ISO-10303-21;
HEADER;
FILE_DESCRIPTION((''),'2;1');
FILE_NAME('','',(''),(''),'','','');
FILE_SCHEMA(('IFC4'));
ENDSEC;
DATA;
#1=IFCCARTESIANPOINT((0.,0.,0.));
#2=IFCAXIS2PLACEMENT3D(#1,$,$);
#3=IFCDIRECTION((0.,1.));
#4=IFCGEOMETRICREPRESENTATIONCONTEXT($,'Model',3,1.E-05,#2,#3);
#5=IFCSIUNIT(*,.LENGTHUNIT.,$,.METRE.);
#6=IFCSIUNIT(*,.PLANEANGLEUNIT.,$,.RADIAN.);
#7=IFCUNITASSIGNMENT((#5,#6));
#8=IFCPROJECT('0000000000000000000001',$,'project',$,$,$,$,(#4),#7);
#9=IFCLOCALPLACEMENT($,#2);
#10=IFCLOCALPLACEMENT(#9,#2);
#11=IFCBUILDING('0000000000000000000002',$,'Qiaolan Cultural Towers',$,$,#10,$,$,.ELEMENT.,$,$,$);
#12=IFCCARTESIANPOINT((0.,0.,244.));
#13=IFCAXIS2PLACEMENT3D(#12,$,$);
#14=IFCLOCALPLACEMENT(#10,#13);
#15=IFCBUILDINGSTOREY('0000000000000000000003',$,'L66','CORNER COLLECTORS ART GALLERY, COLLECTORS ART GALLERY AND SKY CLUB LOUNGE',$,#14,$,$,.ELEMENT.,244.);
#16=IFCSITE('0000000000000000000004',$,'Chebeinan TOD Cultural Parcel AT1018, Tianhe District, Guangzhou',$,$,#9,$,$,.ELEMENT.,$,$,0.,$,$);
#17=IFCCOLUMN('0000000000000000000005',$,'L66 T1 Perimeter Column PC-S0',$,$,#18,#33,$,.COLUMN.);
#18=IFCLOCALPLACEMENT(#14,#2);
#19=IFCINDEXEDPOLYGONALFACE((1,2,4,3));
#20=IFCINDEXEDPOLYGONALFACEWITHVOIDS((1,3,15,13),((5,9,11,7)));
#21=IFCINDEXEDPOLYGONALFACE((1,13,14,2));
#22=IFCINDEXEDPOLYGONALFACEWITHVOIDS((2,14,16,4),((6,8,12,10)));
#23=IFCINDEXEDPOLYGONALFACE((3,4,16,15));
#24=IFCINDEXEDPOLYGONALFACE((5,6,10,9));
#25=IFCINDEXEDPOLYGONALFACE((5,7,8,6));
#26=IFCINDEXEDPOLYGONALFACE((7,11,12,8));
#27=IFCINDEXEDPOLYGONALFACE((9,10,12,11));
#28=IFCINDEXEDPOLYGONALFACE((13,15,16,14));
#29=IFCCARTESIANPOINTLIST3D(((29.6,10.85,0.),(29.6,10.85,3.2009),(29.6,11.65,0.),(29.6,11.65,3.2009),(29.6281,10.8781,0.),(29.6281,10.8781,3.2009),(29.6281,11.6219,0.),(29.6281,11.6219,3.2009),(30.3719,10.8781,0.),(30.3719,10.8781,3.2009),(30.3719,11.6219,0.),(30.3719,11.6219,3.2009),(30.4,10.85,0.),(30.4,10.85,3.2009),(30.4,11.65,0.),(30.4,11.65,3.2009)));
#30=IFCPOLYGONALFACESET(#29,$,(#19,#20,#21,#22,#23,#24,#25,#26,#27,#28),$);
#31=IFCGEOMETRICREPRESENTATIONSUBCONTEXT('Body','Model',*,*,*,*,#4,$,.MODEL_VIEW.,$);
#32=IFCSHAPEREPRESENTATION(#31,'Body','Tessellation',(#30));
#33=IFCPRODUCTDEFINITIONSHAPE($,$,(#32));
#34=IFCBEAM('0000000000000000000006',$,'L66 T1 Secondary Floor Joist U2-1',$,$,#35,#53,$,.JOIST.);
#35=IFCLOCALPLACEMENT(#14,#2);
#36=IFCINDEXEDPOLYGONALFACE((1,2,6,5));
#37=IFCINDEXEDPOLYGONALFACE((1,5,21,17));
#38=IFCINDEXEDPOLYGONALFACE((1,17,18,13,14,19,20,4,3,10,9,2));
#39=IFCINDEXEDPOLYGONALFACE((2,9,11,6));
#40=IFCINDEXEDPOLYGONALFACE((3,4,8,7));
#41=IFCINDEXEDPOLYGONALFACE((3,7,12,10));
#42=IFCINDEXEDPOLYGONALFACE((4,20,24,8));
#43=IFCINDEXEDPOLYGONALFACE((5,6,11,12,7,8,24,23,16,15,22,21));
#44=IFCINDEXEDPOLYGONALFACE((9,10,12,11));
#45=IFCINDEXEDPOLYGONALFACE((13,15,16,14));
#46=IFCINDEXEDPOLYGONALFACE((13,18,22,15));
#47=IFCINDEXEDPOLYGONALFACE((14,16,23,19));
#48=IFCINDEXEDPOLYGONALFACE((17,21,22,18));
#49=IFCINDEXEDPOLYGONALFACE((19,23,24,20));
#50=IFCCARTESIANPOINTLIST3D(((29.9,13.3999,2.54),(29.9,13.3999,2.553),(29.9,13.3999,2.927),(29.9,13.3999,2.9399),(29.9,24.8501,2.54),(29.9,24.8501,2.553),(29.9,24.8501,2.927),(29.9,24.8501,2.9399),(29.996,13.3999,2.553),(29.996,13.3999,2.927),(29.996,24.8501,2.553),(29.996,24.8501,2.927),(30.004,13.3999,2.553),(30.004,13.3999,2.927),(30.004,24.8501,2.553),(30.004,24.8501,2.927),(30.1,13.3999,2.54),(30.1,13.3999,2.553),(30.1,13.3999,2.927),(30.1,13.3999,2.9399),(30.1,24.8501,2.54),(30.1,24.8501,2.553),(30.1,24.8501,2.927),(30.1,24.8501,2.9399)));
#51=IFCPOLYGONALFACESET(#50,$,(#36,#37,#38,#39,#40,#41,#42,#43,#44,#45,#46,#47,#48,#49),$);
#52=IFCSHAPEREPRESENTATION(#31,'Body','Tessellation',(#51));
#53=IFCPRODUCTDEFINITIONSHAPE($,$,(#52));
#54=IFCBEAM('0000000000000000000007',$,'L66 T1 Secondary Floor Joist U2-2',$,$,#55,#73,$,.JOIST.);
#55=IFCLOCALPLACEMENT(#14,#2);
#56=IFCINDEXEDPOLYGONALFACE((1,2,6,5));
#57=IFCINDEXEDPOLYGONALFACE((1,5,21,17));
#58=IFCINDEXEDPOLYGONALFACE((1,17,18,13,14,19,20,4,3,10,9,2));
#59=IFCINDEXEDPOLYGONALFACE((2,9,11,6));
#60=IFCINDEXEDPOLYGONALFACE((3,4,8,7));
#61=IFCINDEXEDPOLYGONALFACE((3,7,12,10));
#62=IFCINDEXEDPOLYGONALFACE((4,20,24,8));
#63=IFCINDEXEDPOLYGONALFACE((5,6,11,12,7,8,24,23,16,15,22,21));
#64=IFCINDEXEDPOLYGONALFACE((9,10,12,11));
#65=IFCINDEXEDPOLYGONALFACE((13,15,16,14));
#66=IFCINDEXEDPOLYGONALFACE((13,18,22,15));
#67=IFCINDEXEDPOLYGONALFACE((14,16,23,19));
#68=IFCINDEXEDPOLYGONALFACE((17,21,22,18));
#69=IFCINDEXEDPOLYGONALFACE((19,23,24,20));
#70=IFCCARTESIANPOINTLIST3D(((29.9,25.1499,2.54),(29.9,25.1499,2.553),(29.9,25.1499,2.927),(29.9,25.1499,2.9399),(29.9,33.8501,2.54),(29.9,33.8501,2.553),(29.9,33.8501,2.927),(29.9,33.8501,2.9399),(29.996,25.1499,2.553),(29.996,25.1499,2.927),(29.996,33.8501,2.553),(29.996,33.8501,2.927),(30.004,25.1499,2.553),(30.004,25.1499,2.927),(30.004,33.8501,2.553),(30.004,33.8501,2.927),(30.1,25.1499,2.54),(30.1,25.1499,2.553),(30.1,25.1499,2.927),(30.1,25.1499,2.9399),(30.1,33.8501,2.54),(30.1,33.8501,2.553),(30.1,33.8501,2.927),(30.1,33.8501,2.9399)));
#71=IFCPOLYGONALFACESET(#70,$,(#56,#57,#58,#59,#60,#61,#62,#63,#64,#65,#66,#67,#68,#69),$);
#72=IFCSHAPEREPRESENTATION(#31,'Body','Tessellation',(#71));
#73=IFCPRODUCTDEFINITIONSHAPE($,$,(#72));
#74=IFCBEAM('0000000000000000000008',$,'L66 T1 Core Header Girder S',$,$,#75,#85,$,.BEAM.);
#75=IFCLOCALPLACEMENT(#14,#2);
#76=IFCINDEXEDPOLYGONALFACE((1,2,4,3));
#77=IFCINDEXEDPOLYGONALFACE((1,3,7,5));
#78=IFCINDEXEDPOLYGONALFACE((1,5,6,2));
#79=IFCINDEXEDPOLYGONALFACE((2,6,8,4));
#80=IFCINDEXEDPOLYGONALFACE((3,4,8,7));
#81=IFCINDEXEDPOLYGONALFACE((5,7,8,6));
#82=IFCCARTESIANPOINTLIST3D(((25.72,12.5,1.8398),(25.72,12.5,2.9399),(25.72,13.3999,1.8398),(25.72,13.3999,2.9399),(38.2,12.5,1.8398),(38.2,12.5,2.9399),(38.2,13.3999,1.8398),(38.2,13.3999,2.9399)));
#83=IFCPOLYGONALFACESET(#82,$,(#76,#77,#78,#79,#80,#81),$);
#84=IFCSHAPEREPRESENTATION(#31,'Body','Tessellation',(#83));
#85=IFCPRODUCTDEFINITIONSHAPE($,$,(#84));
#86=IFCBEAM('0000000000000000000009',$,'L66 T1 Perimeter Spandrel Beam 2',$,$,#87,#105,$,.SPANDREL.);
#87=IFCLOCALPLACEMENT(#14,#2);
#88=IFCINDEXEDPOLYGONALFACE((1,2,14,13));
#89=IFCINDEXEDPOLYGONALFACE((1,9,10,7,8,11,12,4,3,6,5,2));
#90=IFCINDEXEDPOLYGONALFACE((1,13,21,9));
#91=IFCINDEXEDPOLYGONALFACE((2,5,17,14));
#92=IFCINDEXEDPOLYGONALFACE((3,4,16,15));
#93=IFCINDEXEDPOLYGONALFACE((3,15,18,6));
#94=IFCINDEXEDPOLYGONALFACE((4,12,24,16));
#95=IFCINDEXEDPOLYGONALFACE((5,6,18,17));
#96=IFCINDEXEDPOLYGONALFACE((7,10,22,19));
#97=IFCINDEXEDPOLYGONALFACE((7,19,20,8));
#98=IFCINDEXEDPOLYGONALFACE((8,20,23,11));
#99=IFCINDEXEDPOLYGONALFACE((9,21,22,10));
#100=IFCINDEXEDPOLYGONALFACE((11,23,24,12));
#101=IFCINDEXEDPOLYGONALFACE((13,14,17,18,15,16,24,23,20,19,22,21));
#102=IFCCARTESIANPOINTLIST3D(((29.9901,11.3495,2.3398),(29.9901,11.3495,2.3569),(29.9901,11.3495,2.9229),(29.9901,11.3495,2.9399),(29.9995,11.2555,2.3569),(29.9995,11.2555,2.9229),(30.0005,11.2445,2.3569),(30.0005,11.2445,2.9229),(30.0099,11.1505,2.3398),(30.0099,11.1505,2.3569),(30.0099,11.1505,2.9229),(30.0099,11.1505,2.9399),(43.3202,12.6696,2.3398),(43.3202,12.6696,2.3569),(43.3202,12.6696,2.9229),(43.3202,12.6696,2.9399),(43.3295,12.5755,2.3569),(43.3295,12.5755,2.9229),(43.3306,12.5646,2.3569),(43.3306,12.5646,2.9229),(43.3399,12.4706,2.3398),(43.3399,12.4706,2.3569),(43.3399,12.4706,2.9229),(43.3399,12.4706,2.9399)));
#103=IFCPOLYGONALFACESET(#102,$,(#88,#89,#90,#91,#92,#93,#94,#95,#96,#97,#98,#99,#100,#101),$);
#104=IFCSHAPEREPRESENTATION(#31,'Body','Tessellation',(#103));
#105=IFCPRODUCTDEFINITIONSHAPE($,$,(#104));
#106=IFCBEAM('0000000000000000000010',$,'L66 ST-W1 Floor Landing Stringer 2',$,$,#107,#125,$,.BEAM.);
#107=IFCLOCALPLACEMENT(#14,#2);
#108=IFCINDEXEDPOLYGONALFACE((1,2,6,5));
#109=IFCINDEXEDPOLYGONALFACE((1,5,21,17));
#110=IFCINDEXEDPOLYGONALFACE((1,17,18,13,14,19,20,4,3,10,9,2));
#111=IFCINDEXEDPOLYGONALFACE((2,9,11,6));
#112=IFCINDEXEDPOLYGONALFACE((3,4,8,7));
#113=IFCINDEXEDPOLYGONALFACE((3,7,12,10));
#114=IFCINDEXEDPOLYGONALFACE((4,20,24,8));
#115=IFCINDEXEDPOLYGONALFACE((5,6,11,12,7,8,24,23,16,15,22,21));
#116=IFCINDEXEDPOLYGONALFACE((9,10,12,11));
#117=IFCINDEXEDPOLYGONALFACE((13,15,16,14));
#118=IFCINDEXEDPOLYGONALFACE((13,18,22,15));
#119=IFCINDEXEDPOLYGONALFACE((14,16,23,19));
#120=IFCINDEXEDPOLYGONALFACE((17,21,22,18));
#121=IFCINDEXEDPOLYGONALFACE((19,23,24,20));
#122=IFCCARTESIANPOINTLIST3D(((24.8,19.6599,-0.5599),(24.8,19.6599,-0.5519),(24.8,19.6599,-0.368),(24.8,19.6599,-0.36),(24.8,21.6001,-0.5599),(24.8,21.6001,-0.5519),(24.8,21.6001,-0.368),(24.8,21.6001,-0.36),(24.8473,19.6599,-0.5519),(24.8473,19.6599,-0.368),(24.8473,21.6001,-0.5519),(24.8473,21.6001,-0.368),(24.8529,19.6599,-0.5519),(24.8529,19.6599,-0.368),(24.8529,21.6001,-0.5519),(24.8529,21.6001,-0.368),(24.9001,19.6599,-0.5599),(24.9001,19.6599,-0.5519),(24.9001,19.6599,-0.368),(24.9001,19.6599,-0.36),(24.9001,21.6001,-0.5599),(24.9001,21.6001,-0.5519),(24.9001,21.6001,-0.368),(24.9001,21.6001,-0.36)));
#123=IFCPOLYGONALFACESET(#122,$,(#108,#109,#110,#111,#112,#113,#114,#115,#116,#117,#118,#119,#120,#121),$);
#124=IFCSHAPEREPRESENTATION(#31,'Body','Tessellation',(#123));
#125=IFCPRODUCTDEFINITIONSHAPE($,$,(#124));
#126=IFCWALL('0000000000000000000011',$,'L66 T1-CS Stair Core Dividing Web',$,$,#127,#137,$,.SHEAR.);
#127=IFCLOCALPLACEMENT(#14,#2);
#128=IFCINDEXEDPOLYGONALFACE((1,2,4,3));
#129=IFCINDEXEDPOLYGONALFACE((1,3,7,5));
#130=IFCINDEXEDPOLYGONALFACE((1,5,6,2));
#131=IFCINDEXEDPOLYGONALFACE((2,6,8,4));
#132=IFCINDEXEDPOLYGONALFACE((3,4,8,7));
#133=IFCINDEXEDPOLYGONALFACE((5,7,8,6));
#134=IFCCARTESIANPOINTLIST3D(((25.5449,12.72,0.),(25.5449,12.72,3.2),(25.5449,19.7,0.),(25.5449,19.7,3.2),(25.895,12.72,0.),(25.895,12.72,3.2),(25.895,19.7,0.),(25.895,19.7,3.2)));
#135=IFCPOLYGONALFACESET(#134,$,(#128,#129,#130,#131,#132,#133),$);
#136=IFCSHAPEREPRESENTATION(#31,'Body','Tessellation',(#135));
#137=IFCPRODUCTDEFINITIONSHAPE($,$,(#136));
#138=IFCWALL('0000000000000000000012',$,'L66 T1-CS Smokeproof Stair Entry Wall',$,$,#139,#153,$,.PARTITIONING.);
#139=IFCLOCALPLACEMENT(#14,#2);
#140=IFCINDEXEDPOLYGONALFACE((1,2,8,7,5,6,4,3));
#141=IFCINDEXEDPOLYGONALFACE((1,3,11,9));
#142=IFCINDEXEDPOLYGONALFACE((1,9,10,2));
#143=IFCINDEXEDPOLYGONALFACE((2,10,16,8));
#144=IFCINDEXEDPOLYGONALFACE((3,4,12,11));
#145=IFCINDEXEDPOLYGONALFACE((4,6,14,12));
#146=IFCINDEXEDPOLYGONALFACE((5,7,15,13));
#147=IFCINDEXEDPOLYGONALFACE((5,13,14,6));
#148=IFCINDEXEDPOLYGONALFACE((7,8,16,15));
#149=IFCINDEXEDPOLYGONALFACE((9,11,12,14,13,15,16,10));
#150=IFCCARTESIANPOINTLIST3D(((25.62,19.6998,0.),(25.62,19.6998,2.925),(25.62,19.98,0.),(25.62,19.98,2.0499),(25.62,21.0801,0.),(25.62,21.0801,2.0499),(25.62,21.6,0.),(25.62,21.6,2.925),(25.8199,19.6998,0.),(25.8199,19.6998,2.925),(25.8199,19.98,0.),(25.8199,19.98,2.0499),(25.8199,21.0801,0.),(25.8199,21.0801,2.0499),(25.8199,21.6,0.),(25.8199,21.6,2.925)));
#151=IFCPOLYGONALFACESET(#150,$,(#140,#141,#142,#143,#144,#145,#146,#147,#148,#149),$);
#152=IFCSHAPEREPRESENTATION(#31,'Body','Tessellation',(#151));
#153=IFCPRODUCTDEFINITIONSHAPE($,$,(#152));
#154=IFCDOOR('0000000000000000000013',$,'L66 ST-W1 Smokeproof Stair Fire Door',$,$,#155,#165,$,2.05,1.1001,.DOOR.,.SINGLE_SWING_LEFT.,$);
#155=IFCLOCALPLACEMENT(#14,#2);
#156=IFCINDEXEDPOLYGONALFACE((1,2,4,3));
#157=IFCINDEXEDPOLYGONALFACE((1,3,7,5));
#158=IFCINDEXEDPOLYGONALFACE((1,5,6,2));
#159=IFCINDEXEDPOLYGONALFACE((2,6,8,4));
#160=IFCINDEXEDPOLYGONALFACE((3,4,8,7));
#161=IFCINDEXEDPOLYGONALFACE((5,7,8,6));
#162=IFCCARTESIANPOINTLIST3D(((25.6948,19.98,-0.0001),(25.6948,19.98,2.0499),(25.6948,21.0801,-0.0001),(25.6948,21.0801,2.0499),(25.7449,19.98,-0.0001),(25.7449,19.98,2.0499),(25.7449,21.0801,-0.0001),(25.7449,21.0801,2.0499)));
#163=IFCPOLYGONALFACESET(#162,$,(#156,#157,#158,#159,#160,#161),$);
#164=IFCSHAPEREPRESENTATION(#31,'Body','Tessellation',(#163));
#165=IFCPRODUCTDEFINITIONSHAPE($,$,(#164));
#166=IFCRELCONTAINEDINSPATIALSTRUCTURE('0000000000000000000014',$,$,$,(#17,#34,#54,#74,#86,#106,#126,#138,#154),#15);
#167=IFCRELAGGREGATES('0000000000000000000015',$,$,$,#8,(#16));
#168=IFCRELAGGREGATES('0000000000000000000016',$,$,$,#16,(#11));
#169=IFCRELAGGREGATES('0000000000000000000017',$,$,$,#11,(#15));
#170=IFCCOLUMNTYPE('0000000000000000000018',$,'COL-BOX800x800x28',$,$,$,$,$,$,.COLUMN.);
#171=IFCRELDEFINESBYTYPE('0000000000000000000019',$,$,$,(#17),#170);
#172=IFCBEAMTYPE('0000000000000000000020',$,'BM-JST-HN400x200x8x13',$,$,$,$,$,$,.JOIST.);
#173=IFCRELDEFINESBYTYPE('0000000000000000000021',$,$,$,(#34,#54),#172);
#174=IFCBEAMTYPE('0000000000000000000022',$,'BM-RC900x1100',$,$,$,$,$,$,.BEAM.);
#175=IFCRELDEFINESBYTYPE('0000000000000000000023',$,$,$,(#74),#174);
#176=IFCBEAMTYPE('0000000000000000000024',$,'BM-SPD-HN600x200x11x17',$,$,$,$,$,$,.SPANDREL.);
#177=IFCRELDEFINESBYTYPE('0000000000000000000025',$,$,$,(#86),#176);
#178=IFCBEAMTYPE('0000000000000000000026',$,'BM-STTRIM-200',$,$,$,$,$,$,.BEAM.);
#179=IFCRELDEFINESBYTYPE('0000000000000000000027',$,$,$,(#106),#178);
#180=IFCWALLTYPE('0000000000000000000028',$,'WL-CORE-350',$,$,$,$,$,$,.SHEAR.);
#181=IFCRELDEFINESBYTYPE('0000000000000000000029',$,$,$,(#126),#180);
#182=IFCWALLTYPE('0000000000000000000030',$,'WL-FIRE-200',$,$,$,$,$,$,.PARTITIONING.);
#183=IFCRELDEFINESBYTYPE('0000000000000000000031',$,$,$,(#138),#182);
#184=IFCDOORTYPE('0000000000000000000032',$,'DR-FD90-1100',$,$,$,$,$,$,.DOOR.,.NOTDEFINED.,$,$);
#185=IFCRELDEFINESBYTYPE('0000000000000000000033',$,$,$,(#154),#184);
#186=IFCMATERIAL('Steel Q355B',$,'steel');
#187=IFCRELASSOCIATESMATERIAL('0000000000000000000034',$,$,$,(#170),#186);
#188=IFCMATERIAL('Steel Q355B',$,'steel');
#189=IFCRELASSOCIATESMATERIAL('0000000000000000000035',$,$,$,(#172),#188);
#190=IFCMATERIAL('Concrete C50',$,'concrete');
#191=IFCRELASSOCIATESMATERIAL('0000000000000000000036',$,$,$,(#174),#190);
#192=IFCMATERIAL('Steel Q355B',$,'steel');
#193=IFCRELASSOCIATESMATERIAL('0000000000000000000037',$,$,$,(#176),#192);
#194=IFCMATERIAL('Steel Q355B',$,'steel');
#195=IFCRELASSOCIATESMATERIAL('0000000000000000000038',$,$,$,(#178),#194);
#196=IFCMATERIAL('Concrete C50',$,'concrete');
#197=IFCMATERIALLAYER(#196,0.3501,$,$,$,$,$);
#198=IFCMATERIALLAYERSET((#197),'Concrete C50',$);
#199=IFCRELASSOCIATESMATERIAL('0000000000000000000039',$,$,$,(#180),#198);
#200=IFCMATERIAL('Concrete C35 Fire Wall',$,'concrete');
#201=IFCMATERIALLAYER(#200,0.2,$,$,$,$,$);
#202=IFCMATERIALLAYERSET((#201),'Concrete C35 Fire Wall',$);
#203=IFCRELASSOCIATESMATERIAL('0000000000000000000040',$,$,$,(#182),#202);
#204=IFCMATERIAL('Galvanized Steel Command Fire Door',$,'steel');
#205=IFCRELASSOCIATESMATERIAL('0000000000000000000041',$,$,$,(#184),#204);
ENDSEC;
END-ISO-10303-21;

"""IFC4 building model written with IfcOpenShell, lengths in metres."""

from ifc_helpers import new_model, si_unit, direction, frame, frame_2d, origin, origin_2d, place, context, subcontext, project, spatial, rectangle, hollow_rectangle, i_section, extrude, material, layer, layer_set, material_profile, profile_set, type_object, element, fill, save


model = new_model("IFC4")

# Units and contexts
model_context = context("Model", 3, precision=1e-05, world=origin(), true_north=direction((0.0, 1.0)))
body_context = subcontext(model_context, "Body", "Model", "MODEL_VIEW")
ifc_project = project(units=[si_unit("LENGTHUNIT", "METRE"), si_unit("PLANEANGLEUNIT", "RADIAN")], contexts=[model_context])

# Site, building, storey
site_placement = place(None, origin())
site = spatial("IfcSite", under=ifc_project, at=site_placement, Name="Chebeinan TOD Cultural Parcel AT1018, Tianhe District, Guangzhou", CompositionType="ELEMENT", RefElevation=0.0)
building_placement = place(site_placement, origin())
building = spatial("IfcBuilding", under=site, at=building_placement, Name="Qiaolan Cultural Towers", CompositionType="ELEMENT")
storey_placement = place(building_placement, frame((0.0, 0.0, 244.0)))
storey = spatial("IfcBuildingStorey", under=building, at=storey_placement, Name="L66", Description="CORNER COLLECTORS ART GALLERY, COLLECTORS ART GALLERY AND SKY CLUB LOUNGE", CompositionType="ELEMENT", Elevation=244.0)

# Column
ifc_material_1 = material(Name="Steel Q355B", Category="steel")
ifc_material_profile_1 = material_profile(ifc_material_1, hollow_rectangle(XDim=0.8, YDim=0.8, WallThickness=0.0281, at=origin_2d()), Name="BOX800x800x28")
ifc_profile_set_1 = profile_set([ifc_material_profile_1], Name="Steel Q355B")
column_type = type_object("IfcColumnType", Name="COL-BOX800x800x28", PredefinedType="COLUMN", material=ifc_profile_set_1)
column_placement = place(storey_placement, frame((30.0, 11.25, 0.0), z_axis=(0.0, 0.0, 1.0), x_axis=(1.0, 0.0, 0.0)))
element("IfcColumn", 1, at=column_placement, inside=storey, type_object=column_type, Name="L66 T1 Perimeter Column PC-S0", PredefinedType="COLUMN", context=body_context, shape_type="SweptSolid", body=[
    extrude(hollow_rectangle(XDim=0.8, YDim=0.8, WallThickness=0.0281, at=origin_2d()), origin(), (0.0, 0.0, 1.0), 3.2009),
])

# Beams
ifc_material_2 = material(Name="Steel Q355B", Category="steel")
ifc_material_profile_2 = material_profile(ifc_material_2, i_section(OverallWidth=0.2, OverallDepth=0.3999, WebThickness=0.0081, FlangeThickness=0.0129, at=origin_2d()), Name="HN400x200x8x13")
ifc_profile_set_2 = profile_set([ifc_material_profile_2], Name="Steel Q355B")
beam_type_1 = type_object("IfcBeamType", Name="BM-JST-HN400x200x8x13", PredefinedType="JOIST", material=ifc_profile_set_2)
beam_1_placement = place(storey_placement, frame((30.0, 13.3999, 2.74), z_axis=(0.0, 1.0, 0.0), x_axis=(-1.0, 0.0, 0.0)))
element("IfcBeam", 2, at=beam_1_placement, inside=storey, type_object=beam_type_1, Name="L66 T1 Secondary Floor Joist U2-1", PredefinedType="JOIST", context=body_context, shape_type="SweptSolid", body=[
    extrude(i_section(OverallWidth=0.2, OverallDepth=0.3999, WebThickness=0.0081, FlangeThickness=0.0129, at=origin_2d()), origin(), (0.0, 0.0, 1.0), 11.4502),
])
beam_2_placement = place(storey_placement, frame((30.0, 25.1499, 2.74), z_axis=(0.0, 1.0, 0.0), x_axis=(-1.0, 0.0, 0.0)))
element("IfcBeam", 3, at=beam_2_placement, inside=storey, type_object=beam_type_1, Name="L66 T1 Secondary Floor Joist U2-2", PredefinedType="JOIST", context=body_context, shape_type="SweptSolid", body=[
    extrude(i_section(OverallWidth=0.2, OverallDepth=0.3999, WebThickness=0.0081, FlangeThickness=0.0129, at=origin_2d()), origin(), (0.0, 0.0, 1.0), 8.7002),
])
ifc_material_3 = material(Name="Concrete C50", Category="concrete")
ifc_material_profile_3 = material_profile(ifc_material_3, rectangle(XDim=0.8999, YDim=1.1001, at=origin_2d()), Name="RC900x1100")
ifc_profile_set_3 = profile_set([ifc_material_profile_3], Name="Concrete C50")
beam_type_2 = type_object("IfcBeamType", Name="BM-RC900x1100", PredefinedType="BEAM", material=ifc_profile_set_3)
beam_3_placement = place(storey_placement, frame((25.72, 12.95, 2.3899), z_axis=(1.0, 0.0, 0.0), x_axis=(0.0, 1.0, 0.0)))
element("IfcBeam", 4, at=beam_3_placement, inside=storey, type_object=beam_type_2, Name="L66 T1 Core Header Girder S", PredefinedType="BEAM", context=body_context, shape_type="SweptSolid", body=[
    extrude(rectangle(XDim=0.8999, YDim=1.1001, at=origin_2d()), origin(), (0.0, 0.0, 1.0), 12.48),
])
ifc_material_4 = material(Name="Steel Q355B", Category="steel")
ifc_material_profile_4 = material_profile(ifc_material_4, i_section(OverallWidth=0.2, OverallDepth=0.6001, WebThickness=0.011, FlangeThickness=0.0171, at=origin_2d()), Name="HN600x200x11x17")
ifc_profile_set_4 = profile_set([ifc_material_profile_4], Name="Steel Q355B")
beam_type_3 = type_object("IfcBeamType", Name="BM-SPD-HN600x200x11x17", PredefinedType="SPANDREL", material=ifc_profile_set_4)
beam_4_placement = place(storey_placement, frame((30.0, 11.25, 2.6399), z_axis=(0.995132, 0.098547, 0.0), x_axis=(-0.098547, 0.995132, 0.0)))
element("IfcBeam", 5, at=beam_4_placement, inside=storey, type_object=beam_type_3, Name="L66 T1 Perimeter Spandrel Beam 2", PredefinedType="SPANDREL", context=body_context, shape_type="SweptSolid", body=[
    extrude(i_section(OverallWidth=0.2, OverallDepth=0.6001, WebThickness=0.011, FlangeThickness=0.0171, at=origin_2d()), origin(), (0.0, 0.0, 1.0), 13.3953),
])
ifc_material_5 = material(Name="Steel Q355B", Category="steel")
ifc_material_profile_5 = material_profile(ifc_material_5, i_section(OverallWidth=0.1001, OverallDepth=0.2, WebThickness=0.0056, FlangeThickness=0.0081, at=origin_2d()), Name="HN200x100x5.5x8")
ifc_profile_set_5 = profile_set([ifc_material_profile_5], Name="Steel Q355B")
beam_type_4 = type_object("IfcBeamType", Name="BM-STTRIM-200", PredefinedType="BEAM", material=ifc_profile_set_5)
beam_5_placement = place(storey_placement, frame((24.8501, 21.6001, -0.46), z_axis=(0.0, -1.0, 0.0), x_axis=(1.0, 0.0, 0.0)))
element("IfcBeam", 6, at=beam_5_placement, inside=storey, type_object=beam_type_4, Name="L66 ST-W1 Floor Landing Stringer 2", PredefinedType="BEAM", context=body_context, shape_type="SweptSolid", body=[
    extrude(i_section(OverallWidth=0.1001, OverallDepth=0.2, WebThickness=0.0056, FlangeThickness=0.0081, at=origin_2d()), origin(), (0.0, 0.0, 1.0), 1.9402),
])

# Wall
ifc_material_6 = material(Name="Concrete C50", Category="concrete")
ifc_layer_1 = layer(ifc_material_6, 0.3501)
ifc_layer_set_1 = layer_set([ifc_layer_1], Name="Concrete C50")
wall_type_1 = type_object("IfcWallType", Name="WL-CORE-350", PredefinedType="SHEAR", material=ifc_layer_set_1)
wall_1_placement = place(storey_placement, frame((25.72, 19.7, 0.0), z_axis=(0.0, 0.0, 1.0), x_axis=(0.0, -1.0, 0.0)))
element("IfcWall", 7, at=wall_1_placement, inside=storey, type_object=wall_type_1, Name="L66 T1-CS Stair Core Dividing Web", PredefinedType="SHEAR", context=body_context, shape_type="SweptSolid", body=[
    extrude(rectangle(XDim=6.98, YDim=0.3501, at=frame_2d((3.49, 0.0))), origin(), (0.0, 0.0, 1.0), 3.2),
])

# Wall, opening, door
ifc_material_7 = material(Name="Concrete C35 Fire Wall", Category="concrete")
ifc_layer_2 = layer(ifc_material_7, 0.2)
ifc_layer_set_2 = layer_set([ifc_layer_2], Name="Concrete C35 Fire Wall")
wall_type_2 = type_object("IfcWallType", Name="WL-FIRE-200", PredefinedType="PARTITIONING", material=ifc_layer_set_2)
wall_2_placement = place(storey_placement, frame((25.72, 21.6001, 0.0), z_axis=(0.0, 0.0, 1.0), x_axis=(0.0, -1.0, 0.0)))
wall_2 = element("IfcWall", 8, at=wall_2_placement, inside=storey, type_object=wall_type_2, Name="L66 T1-CS Smokeproof Stair Entry Wall", PredefinedType="PARTITIONING", context=body_context, shape_type="SweptSolid", body=[
    extrude(rectangle(XDim=1.9001, YDim=0.2, at=frame_2d((0.9502, 0.0))), origin(), (0.0, 0.0, 1.0), 2.925),
])
opening_1_placement = place(wall_2_placement, frame((0.52, 0.0, 0.0)))
opening_1 = element("IfcOpeningElement", 9, at=opening_1_placement, cuts=wall_2, PredefinedType="OPENING", context=body_context, shape_type="SweptSolid", body=[
    extrude(rectangle(XDim=1.1001, YDim=2.05, at=frame_2d((0.55, 1.0249))), frame((0.0, 0.1099, 0.0), z_axis=(0.0, -1.0, 0.0), x_axis=(1.0, 0.0, 0.0)), (0.0, 0.0, 1.0), 0.22),
])
ifc_material_8 = material(Name="Galvanized Steel Command Fire Door", Category="steel")
door_type_1 = type_object("IfcDoorType", Name="DR-FD90-1100", OperationType="NOTDEFINED", PredefinedType="DOOR", material=ifc_material_8)
door_1_placement = place(opening_1_placement, origin())
door_1 = element("IfcDoor", 10, at=door_1_placement, inside=storey, type_object=door_type_1, Name="L66 ST-W1 Smokeproof Stair Fire Door", OperationType="SINGLE_SWING_LEFT", OverallHeight=2.05, OverallWidth=1.1001, PredefinedType="DOOR", context=body_context, shape_type="SweptSolid", body=[
    extrude(rectangle(XDim=1.1001, YDim=2.05, at=frame_2d((0.55, 1.0249))), frame((0.0, 0.0249, 0.0), z_axis=(0.0, -1.0, 0.0), x_axis=(1.0, 0.0, 0.0)), (0.0, 0.0, 1.0), 0.05),
])
fill(opening_1, door_1)

save(model, "model.ifc")
